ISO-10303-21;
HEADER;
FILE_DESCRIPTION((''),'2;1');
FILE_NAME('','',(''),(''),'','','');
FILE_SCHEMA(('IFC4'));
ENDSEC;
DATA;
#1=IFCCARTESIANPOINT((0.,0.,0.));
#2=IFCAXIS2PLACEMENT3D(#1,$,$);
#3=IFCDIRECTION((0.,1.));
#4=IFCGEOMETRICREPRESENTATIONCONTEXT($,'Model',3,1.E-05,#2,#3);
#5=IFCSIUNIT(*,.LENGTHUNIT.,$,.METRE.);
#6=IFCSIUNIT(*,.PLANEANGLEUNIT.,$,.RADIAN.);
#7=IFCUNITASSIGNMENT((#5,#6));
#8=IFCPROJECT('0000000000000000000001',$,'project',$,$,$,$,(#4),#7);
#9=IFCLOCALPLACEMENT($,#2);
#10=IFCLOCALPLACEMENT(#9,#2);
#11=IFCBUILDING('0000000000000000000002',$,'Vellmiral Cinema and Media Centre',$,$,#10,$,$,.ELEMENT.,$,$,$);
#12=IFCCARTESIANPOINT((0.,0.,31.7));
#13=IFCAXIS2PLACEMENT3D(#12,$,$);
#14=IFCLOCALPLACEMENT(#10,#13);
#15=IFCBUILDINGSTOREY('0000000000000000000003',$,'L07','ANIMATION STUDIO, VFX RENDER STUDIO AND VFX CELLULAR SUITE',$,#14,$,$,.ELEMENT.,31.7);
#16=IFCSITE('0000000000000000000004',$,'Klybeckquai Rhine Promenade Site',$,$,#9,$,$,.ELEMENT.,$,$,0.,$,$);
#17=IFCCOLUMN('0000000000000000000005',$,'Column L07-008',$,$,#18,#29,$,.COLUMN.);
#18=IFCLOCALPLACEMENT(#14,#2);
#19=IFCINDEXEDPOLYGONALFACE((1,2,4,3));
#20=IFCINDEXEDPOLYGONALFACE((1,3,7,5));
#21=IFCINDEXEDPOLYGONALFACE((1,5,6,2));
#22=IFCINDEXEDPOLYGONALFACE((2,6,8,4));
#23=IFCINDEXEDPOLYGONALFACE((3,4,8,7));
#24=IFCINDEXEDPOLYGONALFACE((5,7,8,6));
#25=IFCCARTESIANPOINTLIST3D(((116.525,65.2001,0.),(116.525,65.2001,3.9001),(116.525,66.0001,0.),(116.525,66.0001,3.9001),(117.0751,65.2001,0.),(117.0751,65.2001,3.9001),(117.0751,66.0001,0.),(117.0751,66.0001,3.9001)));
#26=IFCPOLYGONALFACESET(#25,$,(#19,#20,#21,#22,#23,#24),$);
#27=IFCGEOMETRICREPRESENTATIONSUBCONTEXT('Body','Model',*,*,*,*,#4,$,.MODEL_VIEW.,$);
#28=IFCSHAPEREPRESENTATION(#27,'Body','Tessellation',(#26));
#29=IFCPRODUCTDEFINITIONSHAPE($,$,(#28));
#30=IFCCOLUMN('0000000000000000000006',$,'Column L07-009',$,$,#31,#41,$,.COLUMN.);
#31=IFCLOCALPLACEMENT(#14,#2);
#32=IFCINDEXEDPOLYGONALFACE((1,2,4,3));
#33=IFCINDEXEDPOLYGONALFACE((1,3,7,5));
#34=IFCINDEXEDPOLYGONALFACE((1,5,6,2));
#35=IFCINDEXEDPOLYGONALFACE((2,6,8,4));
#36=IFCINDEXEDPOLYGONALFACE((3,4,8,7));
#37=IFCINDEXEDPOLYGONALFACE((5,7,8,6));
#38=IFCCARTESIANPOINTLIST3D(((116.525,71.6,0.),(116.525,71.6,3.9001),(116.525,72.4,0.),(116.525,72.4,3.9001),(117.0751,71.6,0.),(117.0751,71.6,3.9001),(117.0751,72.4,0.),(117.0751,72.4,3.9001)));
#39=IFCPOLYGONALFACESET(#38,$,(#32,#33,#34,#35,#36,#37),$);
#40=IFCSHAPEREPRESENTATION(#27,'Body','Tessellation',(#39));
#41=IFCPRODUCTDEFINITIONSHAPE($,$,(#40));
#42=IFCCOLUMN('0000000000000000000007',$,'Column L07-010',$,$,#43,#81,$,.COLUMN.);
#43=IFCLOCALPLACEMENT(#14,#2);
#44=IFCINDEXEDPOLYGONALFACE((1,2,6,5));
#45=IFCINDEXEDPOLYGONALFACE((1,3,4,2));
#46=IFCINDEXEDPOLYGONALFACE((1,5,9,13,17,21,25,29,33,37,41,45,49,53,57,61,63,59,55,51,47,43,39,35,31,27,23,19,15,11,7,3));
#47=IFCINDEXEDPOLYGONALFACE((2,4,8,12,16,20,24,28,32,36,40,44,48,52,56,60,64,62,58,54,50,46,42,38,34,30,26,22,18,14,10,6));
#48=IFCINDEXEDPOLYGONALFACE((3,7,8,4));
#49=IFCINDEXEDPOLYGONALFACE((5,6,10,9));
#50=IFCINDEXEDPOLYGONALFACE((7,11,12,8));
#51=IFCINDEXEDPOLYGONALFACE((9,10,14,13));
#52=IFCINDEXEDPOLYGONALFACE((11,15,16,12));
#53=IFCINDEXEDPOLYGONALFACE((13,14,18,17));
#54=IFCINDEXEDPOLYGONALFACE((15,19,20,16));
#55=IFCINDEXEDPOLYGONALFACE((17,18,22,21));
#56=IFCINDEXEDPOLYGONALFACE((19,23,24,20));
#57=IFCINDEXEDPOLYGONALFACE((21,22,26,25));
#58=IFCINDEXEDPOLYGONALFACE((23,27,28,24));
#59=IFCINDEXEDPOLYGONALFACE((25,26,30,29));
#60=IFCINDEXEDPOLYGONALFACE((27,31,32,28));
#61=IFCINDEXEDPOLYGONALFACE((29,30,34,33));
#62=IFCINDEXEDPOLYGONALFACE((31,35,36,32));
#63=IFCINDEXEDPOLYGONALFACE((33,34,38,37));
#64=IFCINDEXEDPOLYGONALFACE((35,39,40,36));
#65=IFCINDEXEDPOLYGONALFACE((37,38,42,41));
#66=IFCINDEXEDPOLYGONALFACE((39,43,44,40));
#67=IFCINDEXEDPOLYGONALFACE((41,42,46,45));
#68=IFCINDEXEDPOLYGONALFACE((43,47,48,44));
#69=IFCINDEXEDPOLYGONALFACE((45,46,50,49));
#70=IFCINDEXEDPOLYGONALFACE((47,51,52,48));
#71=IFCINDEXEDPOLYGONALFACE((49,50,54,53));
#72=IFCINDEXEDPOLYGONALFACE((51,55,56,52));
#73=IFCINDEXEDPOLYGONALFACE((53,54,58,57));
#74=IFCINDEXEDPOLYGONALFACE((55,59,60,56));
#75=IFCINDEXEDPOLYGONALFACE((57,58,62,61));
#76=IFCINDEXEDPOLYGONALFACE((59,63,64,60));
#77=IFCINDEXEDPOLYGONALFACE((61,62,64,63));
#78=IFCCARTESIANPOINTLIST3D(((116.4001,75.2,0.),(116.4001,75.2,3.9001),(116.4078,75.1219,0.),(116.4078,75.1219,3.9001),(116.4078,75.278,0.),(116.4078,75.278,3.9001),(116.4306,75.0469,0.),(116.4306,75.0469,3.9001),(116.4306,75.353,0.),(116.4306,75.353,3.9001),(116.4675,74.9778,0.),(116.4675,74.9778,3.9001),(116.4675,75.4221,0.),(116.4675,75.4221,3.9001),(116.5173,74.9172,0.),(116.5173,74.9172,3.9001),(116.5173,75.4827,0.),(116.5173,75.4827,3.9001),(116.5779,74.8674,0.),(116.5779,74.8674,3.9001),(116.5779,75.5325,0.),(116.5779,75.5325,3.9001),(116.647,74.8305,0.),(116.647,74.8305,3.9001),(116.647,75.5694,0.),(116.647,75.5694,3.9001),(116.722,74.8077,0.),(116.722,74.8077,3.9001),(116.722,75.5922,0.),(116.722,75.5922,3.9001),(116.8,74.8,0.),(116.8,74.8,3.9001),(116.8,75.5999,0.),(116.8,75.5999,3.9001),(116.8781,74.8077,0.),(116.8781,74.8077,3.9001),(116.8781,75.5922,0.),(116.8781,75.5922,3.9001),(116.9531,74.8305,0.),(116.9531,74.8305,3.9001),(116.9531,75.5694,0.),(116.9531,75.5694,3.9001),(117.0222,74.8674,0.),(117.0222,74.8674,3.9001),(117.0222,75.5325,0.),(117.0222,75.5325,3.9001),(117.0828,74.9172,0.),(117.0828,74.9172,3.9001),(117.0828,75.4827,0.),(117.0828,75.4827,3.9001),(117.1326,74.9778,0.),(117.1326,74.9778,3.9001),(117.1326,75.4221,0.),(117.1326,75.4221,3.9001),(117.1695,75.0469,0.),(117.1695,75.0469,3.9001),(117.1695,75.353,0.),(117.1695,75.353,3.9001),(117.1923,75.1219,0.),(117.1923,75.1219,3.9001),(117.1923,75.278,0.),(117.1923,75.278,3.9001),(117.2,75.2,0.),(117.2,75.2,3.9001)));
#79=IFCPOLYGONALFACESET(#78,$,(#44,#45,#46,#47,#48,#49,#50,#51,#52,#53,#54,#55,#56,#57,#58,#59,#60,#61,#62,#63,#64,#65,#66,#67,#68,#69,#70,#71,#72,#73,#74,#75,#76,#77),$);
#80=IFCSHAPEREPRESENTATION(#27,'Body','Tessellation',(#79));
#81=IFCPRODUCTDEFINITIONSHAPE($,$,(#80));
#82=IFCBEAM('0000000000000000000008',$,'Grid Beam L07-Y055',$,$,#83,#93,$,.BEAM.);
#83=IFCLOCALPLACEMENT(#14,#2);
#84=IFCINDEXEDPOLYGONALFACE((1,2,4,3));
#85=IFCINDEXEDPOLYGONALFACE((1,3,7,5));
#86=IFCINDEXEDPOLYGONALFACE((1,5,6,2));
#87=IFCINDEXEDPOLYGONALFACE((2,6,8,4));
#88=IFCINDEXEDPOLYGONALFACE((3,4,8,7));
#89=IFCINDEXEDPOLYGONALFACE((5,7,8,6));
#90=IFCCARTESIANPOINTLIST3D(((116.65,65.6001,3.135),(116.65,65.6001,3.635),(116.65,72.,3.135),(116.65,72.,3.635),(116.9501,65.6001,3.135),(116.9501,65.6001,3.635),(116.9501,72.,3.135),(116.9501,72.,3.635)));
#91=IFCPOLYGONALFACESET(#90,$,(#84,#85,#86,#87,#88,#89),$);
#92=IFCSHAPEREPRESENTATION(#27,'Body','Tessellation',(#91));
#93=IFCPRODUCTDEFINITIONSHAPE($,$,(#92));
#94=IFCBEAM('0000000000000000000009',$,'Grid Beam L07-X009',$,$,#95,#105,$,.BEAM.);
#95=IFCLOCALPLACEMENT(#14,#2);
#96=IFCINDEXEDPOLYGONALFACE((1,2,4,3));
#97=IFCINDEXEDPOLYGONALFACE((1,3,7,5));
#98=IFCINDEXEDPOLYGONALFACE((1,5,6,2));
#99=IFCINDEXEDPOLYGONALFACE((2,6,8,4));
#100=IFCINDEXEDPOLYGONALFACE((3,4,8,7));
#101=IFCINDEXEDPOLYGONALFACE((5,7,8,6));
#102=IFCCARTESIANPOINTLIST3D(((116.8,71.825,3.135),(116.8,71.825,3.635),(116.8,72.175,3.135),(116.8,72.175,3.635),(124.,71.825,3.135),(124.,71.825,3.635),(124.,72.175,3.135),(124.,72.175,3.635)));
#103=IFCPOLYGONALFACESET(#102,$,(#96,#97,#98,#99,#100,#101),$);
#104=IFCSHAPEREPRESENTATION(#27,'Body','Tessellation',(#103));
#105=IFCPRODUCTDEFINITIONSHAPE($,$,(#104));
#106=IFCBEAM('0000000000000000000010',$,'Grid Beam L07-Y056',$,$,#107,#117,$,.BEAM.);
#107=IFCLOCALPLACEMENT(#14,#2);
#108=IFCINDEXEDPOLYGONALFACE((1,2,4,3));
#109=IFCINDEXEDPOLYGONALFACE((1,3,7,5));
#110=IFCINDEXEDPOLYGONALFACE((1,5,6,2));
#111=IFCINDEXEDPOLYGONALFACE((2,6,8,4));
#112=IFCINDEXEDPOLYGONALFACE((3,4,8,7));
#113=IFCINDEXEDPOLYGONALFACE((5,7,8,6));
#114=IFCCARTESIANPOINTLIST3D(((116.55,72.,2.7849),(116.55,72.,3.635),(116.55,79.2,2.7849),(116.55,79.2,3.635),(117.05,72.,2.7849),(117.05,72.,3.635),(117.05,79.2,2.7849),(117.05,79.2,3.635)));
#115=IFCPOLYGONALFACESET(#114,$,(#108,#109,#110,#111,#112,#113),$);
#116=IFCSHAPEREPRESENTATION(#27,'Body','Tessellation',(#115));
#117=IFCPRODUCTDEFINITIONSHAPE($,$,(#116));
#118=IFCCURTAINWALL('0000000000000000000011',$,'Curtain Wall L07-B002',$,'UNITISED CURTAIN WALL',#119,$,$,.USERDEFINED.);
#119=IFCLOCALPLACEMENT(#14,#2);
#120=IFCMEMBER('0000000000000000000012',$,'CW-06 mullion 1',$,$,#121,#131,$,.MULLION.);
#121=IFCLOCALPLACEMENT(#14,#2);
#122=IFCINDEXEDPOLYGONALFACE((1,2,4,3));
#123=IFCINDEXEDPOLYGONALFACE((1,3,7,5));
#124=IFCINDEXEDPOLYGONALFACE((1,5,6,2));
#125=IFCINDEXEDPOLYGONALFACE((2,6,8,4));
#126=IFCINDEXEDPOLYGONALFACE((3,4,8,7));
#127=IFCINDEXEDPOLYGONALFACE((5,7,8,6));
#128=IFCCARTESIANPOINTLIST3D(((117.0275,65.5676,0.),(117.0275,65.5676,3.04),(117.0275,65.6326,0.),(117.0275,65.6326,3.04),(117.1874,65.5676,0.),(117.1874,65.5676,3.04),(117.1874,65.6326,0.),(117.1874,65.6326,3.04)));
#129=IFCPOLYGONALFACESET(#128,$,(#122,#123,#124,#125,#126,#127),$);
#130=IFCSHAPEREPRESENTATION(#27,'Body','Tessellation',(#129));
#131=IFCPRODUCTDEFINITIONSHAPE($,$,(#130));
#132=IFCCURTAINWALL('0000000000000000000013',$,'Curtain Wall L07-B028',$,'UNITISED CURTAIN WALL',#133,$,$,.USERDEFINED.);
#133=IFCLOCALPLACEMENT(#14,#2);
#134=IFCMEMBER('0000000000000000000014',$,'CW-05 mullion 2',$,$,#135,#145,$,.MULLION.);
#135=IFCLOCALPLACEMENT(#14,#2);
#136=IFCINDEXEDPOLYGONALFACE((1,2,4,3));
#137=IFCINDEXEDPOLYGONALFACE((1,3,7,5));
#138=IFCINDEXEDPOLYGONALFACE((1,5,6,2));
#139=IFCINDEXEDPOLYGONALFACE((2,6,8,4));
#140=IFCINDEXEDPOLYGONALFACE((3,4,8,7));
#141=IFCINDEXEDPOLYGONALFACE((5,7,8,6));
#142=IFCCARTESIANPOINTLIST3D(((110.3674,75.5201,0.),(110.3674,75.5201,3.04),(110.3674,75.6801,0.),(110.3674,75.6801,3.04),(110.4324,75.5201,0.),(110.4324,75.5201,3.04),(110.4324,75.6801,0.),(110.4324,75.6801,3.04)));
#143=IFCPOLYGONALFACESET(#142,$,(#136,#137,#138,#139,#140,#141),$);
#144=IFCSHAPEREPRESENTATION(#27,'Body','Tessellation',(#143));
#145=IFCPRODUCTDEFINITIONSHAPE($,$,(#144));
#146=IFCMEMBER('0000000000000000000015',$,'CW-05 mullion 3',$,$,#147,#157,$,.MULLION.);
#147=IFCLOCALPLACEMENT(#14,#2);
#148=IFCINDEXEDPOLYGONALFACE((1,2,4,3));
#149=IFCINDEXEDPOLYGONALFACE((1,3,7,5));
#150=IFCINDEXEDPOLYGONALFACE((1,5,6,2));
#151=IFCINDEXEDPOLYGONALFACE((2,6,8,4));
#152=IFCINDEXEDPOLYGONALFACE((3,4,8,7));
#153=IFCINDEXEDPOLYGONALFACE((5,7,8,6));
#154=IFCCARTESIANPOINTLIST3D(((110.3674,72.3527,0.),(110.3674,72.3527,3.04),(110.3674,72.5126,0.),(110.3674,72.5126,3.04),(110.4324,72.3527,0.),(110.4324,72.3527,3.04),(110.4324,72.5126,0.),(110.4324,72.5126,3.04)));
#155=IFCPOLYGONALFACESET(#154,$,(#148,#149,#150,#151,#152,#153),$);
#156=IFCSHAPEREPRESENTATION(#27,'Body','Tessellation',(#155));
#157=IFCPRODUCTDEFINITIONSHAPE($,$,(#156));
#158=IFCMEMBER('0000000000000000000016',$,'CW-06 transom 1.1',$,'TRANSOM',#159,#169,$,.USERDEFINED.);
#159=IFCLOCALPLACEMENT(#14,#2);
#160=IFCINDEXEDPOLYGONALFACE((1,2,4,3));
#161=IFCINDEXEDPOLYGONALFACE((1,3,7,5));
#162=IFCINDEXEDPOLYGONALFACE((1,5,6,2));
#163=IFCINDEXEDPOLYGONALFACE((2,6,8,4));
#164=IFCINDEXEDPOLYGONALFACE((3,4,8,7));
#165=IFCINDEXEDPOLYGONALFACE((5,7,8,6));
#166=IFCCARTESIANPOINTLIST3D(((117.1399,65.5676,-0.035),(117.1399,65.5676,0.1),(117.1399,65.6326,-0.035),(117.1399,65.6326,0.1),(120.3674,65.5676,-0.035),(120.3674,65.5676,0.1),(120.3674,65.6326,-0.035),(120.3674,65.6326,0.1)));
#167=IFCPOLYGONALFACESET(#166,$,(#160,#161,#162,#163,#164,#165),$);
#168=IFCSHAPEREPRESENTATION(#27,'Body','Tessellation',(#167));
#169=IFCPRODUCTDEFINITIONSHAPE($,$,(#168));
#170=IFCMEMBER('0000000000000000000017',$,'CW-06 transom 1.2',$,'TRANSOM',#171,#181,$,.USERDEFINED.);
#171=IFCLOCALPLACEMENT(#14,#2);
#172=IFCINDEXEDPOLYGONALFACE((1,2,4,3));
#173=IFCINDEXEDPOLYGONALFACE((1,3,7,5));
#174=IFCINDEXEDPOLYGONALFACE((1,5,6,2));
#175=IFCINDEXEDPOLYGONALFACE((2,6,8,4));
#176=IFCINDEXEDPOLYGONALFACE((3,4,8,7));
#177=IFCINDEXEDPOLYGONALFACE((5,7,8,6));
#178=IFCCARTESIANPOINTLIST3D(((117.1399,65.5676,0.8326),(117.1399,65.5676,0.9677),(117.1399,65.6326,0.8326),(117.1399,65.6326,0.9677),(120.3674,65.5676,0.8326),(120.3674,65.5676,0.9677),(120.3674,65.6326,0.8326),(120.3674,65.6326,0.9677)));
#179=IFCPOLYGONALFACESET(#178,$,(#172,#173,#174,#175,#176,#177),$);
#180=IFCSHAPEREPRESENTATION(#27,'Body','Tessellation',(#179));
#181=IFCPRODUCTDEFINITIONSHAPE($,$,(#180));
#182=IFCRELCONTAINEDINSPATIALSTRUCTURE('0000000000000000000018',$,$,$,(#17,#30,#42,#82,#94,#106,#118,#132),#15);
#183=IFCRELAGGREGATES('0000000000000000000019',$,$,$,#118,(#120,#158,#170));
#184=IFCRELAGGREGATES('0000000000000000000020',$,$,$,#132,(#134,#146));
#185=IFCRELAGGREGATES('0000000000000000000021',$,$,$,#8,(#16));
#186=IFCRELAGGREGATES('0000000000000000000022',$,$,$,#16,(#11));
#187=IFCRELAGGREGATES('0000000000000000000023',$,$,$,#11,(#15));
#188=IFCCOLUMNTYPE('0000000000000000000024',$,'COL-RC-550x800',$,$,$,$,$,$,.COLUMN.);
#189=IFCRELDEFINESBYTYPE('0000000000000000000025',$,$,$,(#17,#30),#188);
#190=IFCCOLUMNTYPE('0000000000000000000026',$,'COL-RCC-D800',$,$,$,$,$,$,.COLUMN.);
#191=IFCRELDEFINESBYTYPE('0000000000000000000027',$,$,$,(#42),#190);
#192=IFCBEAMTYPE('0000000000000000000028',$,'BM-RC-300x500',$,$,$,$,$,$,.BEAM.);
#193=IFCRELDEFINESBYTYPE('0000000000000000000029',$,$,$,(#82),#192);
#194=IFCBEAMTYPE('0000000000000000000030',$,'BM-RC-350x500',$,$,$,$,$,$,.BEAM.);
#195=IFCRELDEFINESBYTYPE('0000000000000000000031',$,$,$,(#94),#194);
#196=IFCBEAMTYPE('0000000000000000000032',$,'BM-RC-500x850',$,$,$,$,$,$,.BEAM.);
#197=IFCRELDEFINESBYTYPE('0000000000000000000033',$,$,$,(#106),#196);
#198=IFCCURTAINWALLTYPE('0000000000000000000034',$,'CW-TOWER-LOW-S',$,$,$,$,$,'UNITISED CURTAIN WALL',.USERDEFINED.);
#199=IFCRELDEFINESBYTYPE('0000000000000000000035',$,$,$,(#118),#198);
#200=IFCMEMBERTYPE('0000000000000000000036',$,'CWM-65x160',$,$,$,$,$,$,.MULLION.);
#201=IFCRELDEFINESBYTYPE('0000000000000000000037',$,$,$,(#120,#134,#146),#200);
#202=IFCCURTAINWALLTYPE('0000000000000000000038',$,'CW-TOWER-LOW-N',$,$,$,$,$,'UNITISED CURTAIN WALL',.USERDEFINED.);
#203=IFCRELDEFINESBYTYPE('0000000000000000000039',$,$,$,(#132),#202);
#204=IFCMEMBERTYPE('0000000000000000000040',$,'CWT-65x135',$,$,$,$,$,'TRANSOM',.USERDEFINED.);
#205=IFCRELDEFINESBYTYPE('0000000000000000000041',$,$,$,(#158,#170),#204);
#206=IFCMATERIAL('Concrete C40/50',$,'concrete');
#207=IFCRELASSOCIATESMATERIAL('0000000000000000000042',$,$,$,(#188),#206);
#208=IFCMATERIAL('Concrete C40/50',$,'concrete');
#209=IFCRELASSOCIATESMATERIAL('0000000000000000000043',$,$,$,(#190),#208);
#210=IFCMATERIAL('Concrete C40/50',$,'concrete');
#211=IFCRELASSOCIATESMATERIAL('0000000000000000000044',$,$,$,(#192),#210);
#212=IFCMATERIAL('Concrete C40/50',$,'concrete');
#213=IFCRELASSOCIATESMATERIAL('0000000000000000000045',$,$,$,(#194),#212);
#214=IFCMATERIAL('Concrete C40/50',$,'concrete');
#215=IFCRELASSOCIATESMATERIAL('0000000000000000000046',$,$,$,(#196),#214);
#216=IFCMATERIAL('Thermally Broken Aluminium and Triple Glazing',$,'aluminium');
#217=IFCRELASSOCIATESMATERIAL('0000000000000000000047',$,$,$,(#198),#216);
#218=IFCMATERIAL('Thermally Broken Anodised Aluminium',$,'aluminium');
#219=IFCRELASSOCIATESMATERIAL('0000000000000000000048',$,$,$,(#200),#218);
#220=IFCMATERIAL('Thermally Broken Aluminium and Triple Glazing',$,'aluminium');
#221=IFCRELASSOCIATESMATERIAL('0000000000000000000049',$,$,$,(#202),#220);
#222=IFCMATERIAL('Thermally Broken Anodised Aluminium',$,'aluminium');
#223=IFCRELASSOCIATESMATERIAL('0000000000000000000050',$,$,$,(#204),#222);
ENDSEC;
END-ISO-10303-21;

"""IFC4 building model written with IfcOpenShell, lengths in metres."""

from ifc_helpers import new_model, si_unit, direction, frame, origin, origin_2d, place, context, subcontext, project, spatial, rectangle, circle, extrude, material, material_profile, profile_set, type_object, element, aggregate, save


model = new_model("IFC4")

# Units and contexts
model_context = context("Model", 3, precision=1e-05, world=origin(), true_north=direction((0.0, 1.0)))
body_context = subcontext(model_context, "Body", "Model", "MODEL_VIEW")
ifc_project = project(units=[si_unit("LENGTHUNIT", "METRE"), si_unit("PLANEANGLEUNIT", "RADIAN")], contexts=[model_context])

# Site, building, storey
site_placement = place(None, origin())
site = spatial("IfcSite", under=ifc_project, at=site_placement, Name="Klybeckquai Rhine Promenade Site", CompositionType="ELEMENT", RefElevation=0.0)
building_placement = place(site_placement, origin())
building = spatial("IfcBuilding", under=site, at=building_placement, Name="Vellmiral Cinema and Media Centre", CompositionType="ELEMENT")
storey_placement = place(building_placement, frame((0.0, 0.0, 31.7)))
storey = spatial("IfcBuildingStorey", under=building, at=storey_placement, Name="L07", Description="ANIMATION STUDIO, VFX RENDER STUDIO AND VFX CELLULAR SUITE", CompositionType="ELEMENT", Elevation=31.7)

# Columns
ifc_material_1 = material(Name="Concrete C40/50", Category="concrete")
ifc_material_profile_1 = material_profile(ifc_material_1, rectangle(XDim=0.55, YDim=0.8, at=origin_2d()), Name="RC 550x800")
ifc_profile_set_1 = profile_set([ifc_material_profile_1], Name="Concrete C40/50")
column_type_1 = type_object("IfcColumnType", Name="COL-RC-550x800", PredefinedType="COLUMN", material=ifc_profile_set_1)
for number, where, z_axis, x_axis, name in (
    (1, (116.8, 65.6001, 0.0), (0.0, 0.0, 1.0), (1.0, 0.0, 0.0), "Column L07-008"),
    (2, (116.8, 72.0, 0.0), (0.0, 0.0, 1.0), (1.0, 0.0, 0.0), "Column L07-009"),
):
    element("IfcColumn", number, at=place(storey_placement, frame(where, z_axis=z_axis, x_axis=x_axis)), inside=storey, type_object=column_type_1, Name=name, PredefinedType="COLUMN", context=body_context, shape_type="SweptSolid", body=[
        extrude(rectangle(XDim=0.55, YDim=0.8, at=origin_2d()), origin(), (0.0, 0.0, 1.0), 3.9001),
    ])
ifc_material_2 = material(Name="Concrete C40/50", Category="concrete")
ifc_material_profile_2 = material_profile(ifc_material_2, circle(Radius=0.3999, at=origin_2d()), Name="RC D800")
ifc_profile_set_2 = profile_set([ifc_material_profile_2], Name="Concrete C40/50")
column_type_2 = type_object("IfcColumnType", Name="COL-RCC-D800", PredefinedType="COLUMN", material=ifc_profile_set_2)
column_placement = place(storey_placement, frame((116.8, 75.2, 0.0), z_axis=(0.0, 0.0, 1.0), x_axis=(1.0, 0.0, 0.0)))
element("IfcColumn", 3, at=column_placement, inside=storey, type_object=column_type_2, Name="Column L07-010", PredefinedType="COLUMN", context=body_context, shape_type="SweptSolid", body=[
    extrude(circle(Radius=0.3999, at=origin_2d()), origin(), (0.0, 0.0, 1.0), 3.9001),
])

# Beams
ifc_material_3 = material(Name="Concrete C40/50", Category="concrete")
ifc_material_profile_3 = material_profile(ifc_material_3, rectangle(XDim=0.3, YDim=0.5, at=origin_2d()), Name="RC 300x500")
ifc_profile_set_3 = profile_set([ifc_material_profile_3], Name="Concrete C40/50")
beam_type_1 = type_object("IfcBeamType", Name="BM-RC-300x500", PredefinedType="BEAM", material=ifc_profile_set_3)
beam_1_placement = place(storey_placement, frame((116.8, 65.6001, 3.385), z_axis=(0.0, 1.0, 0.0), x_axis=(-1.0, 0.0, 0.0)))
element("IfcBeam", 4, at=beam_1_placement, inside=storey, type_object=beam_type_1, Name="Grid Beam L07-Y055", PredefinedType="BEAM", context=body_context, shape_type="SweptSolid", body=[
    extrude(rectangle(XDim=0.3, YDim=0.5, at=origin_2d()), origin(), (0.0, 0.0, 1.0), 6.3999),
])
ifc_material_4 = material(Name="Concrete C40/50", Category="concrete")
ifc_material_profile_4 = material_profile(ifc_material_4, rectangle(XDim=0.3501, YDim=0.5, at=origin_2d()), Name="RC 350x500")
ifc_profile_set_4 = profile_set([ifc_material_profile_4], Name="Concrete C40/50")
beam_type_2 = type_object("IfcBeamType", Name="BM-RC-350x500", PredefinedType="BEAM", material=ifc_profile_set_4)
beam_2_placement = place(storey_placement, frame((116.8, 72.0, 3.385), z_axis=(1.0, 0.0, 0.0), x_axis=(0.0, 1.0, 0.0)))
element("IfcBeam", 5, at=beam_2_placement, inside=storey, type_object=beam_type_2, Name="Grid Beam L07-X009", PredefinedType="BEAM", context=body_context, shape_type="SweptSolid", body=[
    extrude(rectangle(XDim=0.3501, YDim=0.5, at=origin_2d()), origin(), (0.0, 0.0, 1.0), 7.2),
])
ifc_material_5 = material(Name="Concrete C40/50", Category="concrete")
ifc_material_profile_5 = material_profile(ifc_material_5, rectangle(XDim=0.5, YDim=0.8501, at=origin_2d()), Name="RC 500x850")
ifc_profile_set_5 = profile_set([ifc_material_profile_5], Name="Concrete C40/50")
beam_type_3 = type_object("IfcBeamType", Name="BM-RC-500x850", PredefinedType="BEAM", material=ifc_profile_set_5)
beam_3_placement = place(storey_placement, frame((116.8, 72.0, 3.21), z_axis=(0.0, 1.0, 0.0), x_axis=(-1.0, 0.0, 0.0)))
element("IfcBeam", 6, at=beam_3_placement, inside=storey, type_object=beam_type_3, Name="Grid Beam L07-Y056", PredefinedType="BEAM", context=body_context, shape_type="SweptSolid", body=[
    extrude(rectangle(XDim=0.5, YDim=0.8501, at=origin_2d()), origin(), (0.0, 0.0, 1.0), 7.2),
])

# Curtain wall, member
ifc_material_6 = material(Name="Thermally Broken Aluminium and Triple Glazing", Category="aluminium")
curtain_wall_type_1 = type_object("IfcCurtainWallType", Name="CW-TOWER-LOW-S", ElementType="UNITISED CURTAIN WALL", PredefinedType="USERDEFINED", material=ifc_material_6)
curtain_wall_1_placement = place(storey_placement, origin())
curtain_wall_1 = element("IfcCurtainWall", 7, at=curtain_wall_1_placement, inside=storey, type_object=curtain_wall_type_1, Name="Curtain Wall L07-B002", ObjectType="UNITISED CURTAIN WALL", PredefinedType="USERDEFINED")
ifc_material_7 = material(Name="Thermally Broken Anodised Aluminium", Category="aluminium")
ifc_material_profile_6 = material_profile(ifc_material_7, rectangle(XDim=0.0649, YDim=0.1599, at=origin_2d()), Name="MULL 65x160")
ifc_profile_set_6 = profile_set([ifc_material_profile_6], Name="Thermally Broken Anodised Aluminium")
member_type_1 = type_object("IfcMemberType", Name="CWM-65x160", PredefinedType="MULLION", material=ifc_profile_set_6)
member_1_placement = place(storey_placement, frame((117.1074, 65.6001, 0.0), z_axis=(0.0, 0.0, 1.0), x_axis=(0.0, 1.0, 0.0)))
member_1 = element("IfcMember", 8, at=member_1_placement, type_object=member_type_1, Name="CW-06 mullion 1", PredefinedType="MULLION", context=body_context, shape_type="SweptSolid", body=[
    extrude(rectangle(XDim=0.0649, YDim=0.1599, at=origin_2d()), origin(), (0.0, 0.0, 1.0), 3.04),
])

# Curtain wall, members
ifc_material_8 = material(Name="Thermally Broken Aluminium and Triple Glazing", Category="aluminium")
curtain_wall_type_2 = type_object("IfcCurtainWallType", Name="CW-TOWER-LOW-N", ElementType="UNITISED CURTAIN WALL", PredefinedType="USERDEFINED", material=ifc_material_8)
curtain_wall_2_placement = place(storey_placement, origin())
curtain_wall_2 = element("IfcCurtainWall", 9, at=curtain_wall_2_placement, inside=storey, type_object=curtain_wall_type_2, Name="Curtain Wall L07-B028", ObjectType="UNITISED CURTAIN WALL", PredefinedType="USERDEFINED")
member_2_placement = place(storey_placement, frame((110.3999, 75.6001, 0.0), z_axis=(0.0, 0.0, 1.0), x_axis=(1.0, 0.0, 0.0)))
member_2 = element("IfcMember", 10, at=member_2_placement, type_object=member_type_1, Name="CW-05 mullion 2", PredefinedType="MULLION", context=body_context, shape_type="SweptSolid", body=[
    extrude(rectangle(XDim=0.0649, YDim=0.1599, at=origin_2d()), origin(), (0.0, 0.0, 1.0), 3.04),
])
member_3_placement = place(storey_placement, frame((110.3999, 72.4326, 0.0), z_axis=(0.0, 0.0, 1.0), x_axis=(1.0, 0.0, 0.0)))
member_3 = element("IfcMember", 11, at=member_3_placement, type_object=member_type_1, Name="CW-05 mullion 3", PredefinedType="MULLION", context=body_context, shape_type="SweptSolid", body=[
    extrude(rectangle(XDim=0.0649, YDim=0.1599, at=origin_2d()), origin(), (0.0, 0.0, 1.0), 3.04),
])

# Members
ifc_material_9 = material(Name="Thermally Broken Anodised Aluminium", Category="aluminium")
ifc_material_profile_7 = material_profile(ifc_material_9, rectangle(XDim=0.0649, YDim=0.135, at=origin_2d()), Name="MULL 65x135")
ifc_profile_set_7 = profile_set([ifc_material_profile_7], Name="Thermally Broken Anodised Aluminium")
member_type_2 = type_object("IfcMemberType", Name="CWT-65x135", ElementType="TRANSOM", PredefinedType="USERDEFINED", material=ifc_profile_set_7)
member_4_placement = place(storey_placement, frame((117.1399, 65.6001, 0.0325), z_axis=(1.0, 0.0, 0.0), x_axis=(0.0, 1.0, 0.0)))
member_4 = element("IfcMember", 12, at=member_4_placement, type_object=member_type_2, Name="CW-06 transom 1.1", ObjectType="TRANSOM", PredefinedType="USERDEFINED", context=body_context, shape_type="SweptSolid", body=[
    extrude(rectangle(XDim=0.0649, YDim=0.135, at=origin_2d()), origin(), (0.0, 0.0, 1.0), 3.2275),
])
member_5_placement = place(storey_placement, frame((117.1399, 65.6001, 0.9001), z_axis=(1.0, 0.0, 0.0), x_axis=(0.0, 1.0, 0.0)))
member_5 = element("IfcMember", 13, at=member_5_placement, type_object=member_type_2, Name="CW-06 transom 1.2", ObjectType="TRANSOM", PredefinedType="USERDEFINED", context=body_context, shape_type="SweptSolid", body=[
    extrude(rectangle(XDim=0.0649, YDim=0.135, at=origin_2d()), origin(), (0.0, 0.0, 1.0), 3.2275),
])

aggregate(curtain_wall_1, [member_1, member_4, member_5])
aggregate(curtain_wall_2, [member_2, member_3])

save(model, "model.ifc")
